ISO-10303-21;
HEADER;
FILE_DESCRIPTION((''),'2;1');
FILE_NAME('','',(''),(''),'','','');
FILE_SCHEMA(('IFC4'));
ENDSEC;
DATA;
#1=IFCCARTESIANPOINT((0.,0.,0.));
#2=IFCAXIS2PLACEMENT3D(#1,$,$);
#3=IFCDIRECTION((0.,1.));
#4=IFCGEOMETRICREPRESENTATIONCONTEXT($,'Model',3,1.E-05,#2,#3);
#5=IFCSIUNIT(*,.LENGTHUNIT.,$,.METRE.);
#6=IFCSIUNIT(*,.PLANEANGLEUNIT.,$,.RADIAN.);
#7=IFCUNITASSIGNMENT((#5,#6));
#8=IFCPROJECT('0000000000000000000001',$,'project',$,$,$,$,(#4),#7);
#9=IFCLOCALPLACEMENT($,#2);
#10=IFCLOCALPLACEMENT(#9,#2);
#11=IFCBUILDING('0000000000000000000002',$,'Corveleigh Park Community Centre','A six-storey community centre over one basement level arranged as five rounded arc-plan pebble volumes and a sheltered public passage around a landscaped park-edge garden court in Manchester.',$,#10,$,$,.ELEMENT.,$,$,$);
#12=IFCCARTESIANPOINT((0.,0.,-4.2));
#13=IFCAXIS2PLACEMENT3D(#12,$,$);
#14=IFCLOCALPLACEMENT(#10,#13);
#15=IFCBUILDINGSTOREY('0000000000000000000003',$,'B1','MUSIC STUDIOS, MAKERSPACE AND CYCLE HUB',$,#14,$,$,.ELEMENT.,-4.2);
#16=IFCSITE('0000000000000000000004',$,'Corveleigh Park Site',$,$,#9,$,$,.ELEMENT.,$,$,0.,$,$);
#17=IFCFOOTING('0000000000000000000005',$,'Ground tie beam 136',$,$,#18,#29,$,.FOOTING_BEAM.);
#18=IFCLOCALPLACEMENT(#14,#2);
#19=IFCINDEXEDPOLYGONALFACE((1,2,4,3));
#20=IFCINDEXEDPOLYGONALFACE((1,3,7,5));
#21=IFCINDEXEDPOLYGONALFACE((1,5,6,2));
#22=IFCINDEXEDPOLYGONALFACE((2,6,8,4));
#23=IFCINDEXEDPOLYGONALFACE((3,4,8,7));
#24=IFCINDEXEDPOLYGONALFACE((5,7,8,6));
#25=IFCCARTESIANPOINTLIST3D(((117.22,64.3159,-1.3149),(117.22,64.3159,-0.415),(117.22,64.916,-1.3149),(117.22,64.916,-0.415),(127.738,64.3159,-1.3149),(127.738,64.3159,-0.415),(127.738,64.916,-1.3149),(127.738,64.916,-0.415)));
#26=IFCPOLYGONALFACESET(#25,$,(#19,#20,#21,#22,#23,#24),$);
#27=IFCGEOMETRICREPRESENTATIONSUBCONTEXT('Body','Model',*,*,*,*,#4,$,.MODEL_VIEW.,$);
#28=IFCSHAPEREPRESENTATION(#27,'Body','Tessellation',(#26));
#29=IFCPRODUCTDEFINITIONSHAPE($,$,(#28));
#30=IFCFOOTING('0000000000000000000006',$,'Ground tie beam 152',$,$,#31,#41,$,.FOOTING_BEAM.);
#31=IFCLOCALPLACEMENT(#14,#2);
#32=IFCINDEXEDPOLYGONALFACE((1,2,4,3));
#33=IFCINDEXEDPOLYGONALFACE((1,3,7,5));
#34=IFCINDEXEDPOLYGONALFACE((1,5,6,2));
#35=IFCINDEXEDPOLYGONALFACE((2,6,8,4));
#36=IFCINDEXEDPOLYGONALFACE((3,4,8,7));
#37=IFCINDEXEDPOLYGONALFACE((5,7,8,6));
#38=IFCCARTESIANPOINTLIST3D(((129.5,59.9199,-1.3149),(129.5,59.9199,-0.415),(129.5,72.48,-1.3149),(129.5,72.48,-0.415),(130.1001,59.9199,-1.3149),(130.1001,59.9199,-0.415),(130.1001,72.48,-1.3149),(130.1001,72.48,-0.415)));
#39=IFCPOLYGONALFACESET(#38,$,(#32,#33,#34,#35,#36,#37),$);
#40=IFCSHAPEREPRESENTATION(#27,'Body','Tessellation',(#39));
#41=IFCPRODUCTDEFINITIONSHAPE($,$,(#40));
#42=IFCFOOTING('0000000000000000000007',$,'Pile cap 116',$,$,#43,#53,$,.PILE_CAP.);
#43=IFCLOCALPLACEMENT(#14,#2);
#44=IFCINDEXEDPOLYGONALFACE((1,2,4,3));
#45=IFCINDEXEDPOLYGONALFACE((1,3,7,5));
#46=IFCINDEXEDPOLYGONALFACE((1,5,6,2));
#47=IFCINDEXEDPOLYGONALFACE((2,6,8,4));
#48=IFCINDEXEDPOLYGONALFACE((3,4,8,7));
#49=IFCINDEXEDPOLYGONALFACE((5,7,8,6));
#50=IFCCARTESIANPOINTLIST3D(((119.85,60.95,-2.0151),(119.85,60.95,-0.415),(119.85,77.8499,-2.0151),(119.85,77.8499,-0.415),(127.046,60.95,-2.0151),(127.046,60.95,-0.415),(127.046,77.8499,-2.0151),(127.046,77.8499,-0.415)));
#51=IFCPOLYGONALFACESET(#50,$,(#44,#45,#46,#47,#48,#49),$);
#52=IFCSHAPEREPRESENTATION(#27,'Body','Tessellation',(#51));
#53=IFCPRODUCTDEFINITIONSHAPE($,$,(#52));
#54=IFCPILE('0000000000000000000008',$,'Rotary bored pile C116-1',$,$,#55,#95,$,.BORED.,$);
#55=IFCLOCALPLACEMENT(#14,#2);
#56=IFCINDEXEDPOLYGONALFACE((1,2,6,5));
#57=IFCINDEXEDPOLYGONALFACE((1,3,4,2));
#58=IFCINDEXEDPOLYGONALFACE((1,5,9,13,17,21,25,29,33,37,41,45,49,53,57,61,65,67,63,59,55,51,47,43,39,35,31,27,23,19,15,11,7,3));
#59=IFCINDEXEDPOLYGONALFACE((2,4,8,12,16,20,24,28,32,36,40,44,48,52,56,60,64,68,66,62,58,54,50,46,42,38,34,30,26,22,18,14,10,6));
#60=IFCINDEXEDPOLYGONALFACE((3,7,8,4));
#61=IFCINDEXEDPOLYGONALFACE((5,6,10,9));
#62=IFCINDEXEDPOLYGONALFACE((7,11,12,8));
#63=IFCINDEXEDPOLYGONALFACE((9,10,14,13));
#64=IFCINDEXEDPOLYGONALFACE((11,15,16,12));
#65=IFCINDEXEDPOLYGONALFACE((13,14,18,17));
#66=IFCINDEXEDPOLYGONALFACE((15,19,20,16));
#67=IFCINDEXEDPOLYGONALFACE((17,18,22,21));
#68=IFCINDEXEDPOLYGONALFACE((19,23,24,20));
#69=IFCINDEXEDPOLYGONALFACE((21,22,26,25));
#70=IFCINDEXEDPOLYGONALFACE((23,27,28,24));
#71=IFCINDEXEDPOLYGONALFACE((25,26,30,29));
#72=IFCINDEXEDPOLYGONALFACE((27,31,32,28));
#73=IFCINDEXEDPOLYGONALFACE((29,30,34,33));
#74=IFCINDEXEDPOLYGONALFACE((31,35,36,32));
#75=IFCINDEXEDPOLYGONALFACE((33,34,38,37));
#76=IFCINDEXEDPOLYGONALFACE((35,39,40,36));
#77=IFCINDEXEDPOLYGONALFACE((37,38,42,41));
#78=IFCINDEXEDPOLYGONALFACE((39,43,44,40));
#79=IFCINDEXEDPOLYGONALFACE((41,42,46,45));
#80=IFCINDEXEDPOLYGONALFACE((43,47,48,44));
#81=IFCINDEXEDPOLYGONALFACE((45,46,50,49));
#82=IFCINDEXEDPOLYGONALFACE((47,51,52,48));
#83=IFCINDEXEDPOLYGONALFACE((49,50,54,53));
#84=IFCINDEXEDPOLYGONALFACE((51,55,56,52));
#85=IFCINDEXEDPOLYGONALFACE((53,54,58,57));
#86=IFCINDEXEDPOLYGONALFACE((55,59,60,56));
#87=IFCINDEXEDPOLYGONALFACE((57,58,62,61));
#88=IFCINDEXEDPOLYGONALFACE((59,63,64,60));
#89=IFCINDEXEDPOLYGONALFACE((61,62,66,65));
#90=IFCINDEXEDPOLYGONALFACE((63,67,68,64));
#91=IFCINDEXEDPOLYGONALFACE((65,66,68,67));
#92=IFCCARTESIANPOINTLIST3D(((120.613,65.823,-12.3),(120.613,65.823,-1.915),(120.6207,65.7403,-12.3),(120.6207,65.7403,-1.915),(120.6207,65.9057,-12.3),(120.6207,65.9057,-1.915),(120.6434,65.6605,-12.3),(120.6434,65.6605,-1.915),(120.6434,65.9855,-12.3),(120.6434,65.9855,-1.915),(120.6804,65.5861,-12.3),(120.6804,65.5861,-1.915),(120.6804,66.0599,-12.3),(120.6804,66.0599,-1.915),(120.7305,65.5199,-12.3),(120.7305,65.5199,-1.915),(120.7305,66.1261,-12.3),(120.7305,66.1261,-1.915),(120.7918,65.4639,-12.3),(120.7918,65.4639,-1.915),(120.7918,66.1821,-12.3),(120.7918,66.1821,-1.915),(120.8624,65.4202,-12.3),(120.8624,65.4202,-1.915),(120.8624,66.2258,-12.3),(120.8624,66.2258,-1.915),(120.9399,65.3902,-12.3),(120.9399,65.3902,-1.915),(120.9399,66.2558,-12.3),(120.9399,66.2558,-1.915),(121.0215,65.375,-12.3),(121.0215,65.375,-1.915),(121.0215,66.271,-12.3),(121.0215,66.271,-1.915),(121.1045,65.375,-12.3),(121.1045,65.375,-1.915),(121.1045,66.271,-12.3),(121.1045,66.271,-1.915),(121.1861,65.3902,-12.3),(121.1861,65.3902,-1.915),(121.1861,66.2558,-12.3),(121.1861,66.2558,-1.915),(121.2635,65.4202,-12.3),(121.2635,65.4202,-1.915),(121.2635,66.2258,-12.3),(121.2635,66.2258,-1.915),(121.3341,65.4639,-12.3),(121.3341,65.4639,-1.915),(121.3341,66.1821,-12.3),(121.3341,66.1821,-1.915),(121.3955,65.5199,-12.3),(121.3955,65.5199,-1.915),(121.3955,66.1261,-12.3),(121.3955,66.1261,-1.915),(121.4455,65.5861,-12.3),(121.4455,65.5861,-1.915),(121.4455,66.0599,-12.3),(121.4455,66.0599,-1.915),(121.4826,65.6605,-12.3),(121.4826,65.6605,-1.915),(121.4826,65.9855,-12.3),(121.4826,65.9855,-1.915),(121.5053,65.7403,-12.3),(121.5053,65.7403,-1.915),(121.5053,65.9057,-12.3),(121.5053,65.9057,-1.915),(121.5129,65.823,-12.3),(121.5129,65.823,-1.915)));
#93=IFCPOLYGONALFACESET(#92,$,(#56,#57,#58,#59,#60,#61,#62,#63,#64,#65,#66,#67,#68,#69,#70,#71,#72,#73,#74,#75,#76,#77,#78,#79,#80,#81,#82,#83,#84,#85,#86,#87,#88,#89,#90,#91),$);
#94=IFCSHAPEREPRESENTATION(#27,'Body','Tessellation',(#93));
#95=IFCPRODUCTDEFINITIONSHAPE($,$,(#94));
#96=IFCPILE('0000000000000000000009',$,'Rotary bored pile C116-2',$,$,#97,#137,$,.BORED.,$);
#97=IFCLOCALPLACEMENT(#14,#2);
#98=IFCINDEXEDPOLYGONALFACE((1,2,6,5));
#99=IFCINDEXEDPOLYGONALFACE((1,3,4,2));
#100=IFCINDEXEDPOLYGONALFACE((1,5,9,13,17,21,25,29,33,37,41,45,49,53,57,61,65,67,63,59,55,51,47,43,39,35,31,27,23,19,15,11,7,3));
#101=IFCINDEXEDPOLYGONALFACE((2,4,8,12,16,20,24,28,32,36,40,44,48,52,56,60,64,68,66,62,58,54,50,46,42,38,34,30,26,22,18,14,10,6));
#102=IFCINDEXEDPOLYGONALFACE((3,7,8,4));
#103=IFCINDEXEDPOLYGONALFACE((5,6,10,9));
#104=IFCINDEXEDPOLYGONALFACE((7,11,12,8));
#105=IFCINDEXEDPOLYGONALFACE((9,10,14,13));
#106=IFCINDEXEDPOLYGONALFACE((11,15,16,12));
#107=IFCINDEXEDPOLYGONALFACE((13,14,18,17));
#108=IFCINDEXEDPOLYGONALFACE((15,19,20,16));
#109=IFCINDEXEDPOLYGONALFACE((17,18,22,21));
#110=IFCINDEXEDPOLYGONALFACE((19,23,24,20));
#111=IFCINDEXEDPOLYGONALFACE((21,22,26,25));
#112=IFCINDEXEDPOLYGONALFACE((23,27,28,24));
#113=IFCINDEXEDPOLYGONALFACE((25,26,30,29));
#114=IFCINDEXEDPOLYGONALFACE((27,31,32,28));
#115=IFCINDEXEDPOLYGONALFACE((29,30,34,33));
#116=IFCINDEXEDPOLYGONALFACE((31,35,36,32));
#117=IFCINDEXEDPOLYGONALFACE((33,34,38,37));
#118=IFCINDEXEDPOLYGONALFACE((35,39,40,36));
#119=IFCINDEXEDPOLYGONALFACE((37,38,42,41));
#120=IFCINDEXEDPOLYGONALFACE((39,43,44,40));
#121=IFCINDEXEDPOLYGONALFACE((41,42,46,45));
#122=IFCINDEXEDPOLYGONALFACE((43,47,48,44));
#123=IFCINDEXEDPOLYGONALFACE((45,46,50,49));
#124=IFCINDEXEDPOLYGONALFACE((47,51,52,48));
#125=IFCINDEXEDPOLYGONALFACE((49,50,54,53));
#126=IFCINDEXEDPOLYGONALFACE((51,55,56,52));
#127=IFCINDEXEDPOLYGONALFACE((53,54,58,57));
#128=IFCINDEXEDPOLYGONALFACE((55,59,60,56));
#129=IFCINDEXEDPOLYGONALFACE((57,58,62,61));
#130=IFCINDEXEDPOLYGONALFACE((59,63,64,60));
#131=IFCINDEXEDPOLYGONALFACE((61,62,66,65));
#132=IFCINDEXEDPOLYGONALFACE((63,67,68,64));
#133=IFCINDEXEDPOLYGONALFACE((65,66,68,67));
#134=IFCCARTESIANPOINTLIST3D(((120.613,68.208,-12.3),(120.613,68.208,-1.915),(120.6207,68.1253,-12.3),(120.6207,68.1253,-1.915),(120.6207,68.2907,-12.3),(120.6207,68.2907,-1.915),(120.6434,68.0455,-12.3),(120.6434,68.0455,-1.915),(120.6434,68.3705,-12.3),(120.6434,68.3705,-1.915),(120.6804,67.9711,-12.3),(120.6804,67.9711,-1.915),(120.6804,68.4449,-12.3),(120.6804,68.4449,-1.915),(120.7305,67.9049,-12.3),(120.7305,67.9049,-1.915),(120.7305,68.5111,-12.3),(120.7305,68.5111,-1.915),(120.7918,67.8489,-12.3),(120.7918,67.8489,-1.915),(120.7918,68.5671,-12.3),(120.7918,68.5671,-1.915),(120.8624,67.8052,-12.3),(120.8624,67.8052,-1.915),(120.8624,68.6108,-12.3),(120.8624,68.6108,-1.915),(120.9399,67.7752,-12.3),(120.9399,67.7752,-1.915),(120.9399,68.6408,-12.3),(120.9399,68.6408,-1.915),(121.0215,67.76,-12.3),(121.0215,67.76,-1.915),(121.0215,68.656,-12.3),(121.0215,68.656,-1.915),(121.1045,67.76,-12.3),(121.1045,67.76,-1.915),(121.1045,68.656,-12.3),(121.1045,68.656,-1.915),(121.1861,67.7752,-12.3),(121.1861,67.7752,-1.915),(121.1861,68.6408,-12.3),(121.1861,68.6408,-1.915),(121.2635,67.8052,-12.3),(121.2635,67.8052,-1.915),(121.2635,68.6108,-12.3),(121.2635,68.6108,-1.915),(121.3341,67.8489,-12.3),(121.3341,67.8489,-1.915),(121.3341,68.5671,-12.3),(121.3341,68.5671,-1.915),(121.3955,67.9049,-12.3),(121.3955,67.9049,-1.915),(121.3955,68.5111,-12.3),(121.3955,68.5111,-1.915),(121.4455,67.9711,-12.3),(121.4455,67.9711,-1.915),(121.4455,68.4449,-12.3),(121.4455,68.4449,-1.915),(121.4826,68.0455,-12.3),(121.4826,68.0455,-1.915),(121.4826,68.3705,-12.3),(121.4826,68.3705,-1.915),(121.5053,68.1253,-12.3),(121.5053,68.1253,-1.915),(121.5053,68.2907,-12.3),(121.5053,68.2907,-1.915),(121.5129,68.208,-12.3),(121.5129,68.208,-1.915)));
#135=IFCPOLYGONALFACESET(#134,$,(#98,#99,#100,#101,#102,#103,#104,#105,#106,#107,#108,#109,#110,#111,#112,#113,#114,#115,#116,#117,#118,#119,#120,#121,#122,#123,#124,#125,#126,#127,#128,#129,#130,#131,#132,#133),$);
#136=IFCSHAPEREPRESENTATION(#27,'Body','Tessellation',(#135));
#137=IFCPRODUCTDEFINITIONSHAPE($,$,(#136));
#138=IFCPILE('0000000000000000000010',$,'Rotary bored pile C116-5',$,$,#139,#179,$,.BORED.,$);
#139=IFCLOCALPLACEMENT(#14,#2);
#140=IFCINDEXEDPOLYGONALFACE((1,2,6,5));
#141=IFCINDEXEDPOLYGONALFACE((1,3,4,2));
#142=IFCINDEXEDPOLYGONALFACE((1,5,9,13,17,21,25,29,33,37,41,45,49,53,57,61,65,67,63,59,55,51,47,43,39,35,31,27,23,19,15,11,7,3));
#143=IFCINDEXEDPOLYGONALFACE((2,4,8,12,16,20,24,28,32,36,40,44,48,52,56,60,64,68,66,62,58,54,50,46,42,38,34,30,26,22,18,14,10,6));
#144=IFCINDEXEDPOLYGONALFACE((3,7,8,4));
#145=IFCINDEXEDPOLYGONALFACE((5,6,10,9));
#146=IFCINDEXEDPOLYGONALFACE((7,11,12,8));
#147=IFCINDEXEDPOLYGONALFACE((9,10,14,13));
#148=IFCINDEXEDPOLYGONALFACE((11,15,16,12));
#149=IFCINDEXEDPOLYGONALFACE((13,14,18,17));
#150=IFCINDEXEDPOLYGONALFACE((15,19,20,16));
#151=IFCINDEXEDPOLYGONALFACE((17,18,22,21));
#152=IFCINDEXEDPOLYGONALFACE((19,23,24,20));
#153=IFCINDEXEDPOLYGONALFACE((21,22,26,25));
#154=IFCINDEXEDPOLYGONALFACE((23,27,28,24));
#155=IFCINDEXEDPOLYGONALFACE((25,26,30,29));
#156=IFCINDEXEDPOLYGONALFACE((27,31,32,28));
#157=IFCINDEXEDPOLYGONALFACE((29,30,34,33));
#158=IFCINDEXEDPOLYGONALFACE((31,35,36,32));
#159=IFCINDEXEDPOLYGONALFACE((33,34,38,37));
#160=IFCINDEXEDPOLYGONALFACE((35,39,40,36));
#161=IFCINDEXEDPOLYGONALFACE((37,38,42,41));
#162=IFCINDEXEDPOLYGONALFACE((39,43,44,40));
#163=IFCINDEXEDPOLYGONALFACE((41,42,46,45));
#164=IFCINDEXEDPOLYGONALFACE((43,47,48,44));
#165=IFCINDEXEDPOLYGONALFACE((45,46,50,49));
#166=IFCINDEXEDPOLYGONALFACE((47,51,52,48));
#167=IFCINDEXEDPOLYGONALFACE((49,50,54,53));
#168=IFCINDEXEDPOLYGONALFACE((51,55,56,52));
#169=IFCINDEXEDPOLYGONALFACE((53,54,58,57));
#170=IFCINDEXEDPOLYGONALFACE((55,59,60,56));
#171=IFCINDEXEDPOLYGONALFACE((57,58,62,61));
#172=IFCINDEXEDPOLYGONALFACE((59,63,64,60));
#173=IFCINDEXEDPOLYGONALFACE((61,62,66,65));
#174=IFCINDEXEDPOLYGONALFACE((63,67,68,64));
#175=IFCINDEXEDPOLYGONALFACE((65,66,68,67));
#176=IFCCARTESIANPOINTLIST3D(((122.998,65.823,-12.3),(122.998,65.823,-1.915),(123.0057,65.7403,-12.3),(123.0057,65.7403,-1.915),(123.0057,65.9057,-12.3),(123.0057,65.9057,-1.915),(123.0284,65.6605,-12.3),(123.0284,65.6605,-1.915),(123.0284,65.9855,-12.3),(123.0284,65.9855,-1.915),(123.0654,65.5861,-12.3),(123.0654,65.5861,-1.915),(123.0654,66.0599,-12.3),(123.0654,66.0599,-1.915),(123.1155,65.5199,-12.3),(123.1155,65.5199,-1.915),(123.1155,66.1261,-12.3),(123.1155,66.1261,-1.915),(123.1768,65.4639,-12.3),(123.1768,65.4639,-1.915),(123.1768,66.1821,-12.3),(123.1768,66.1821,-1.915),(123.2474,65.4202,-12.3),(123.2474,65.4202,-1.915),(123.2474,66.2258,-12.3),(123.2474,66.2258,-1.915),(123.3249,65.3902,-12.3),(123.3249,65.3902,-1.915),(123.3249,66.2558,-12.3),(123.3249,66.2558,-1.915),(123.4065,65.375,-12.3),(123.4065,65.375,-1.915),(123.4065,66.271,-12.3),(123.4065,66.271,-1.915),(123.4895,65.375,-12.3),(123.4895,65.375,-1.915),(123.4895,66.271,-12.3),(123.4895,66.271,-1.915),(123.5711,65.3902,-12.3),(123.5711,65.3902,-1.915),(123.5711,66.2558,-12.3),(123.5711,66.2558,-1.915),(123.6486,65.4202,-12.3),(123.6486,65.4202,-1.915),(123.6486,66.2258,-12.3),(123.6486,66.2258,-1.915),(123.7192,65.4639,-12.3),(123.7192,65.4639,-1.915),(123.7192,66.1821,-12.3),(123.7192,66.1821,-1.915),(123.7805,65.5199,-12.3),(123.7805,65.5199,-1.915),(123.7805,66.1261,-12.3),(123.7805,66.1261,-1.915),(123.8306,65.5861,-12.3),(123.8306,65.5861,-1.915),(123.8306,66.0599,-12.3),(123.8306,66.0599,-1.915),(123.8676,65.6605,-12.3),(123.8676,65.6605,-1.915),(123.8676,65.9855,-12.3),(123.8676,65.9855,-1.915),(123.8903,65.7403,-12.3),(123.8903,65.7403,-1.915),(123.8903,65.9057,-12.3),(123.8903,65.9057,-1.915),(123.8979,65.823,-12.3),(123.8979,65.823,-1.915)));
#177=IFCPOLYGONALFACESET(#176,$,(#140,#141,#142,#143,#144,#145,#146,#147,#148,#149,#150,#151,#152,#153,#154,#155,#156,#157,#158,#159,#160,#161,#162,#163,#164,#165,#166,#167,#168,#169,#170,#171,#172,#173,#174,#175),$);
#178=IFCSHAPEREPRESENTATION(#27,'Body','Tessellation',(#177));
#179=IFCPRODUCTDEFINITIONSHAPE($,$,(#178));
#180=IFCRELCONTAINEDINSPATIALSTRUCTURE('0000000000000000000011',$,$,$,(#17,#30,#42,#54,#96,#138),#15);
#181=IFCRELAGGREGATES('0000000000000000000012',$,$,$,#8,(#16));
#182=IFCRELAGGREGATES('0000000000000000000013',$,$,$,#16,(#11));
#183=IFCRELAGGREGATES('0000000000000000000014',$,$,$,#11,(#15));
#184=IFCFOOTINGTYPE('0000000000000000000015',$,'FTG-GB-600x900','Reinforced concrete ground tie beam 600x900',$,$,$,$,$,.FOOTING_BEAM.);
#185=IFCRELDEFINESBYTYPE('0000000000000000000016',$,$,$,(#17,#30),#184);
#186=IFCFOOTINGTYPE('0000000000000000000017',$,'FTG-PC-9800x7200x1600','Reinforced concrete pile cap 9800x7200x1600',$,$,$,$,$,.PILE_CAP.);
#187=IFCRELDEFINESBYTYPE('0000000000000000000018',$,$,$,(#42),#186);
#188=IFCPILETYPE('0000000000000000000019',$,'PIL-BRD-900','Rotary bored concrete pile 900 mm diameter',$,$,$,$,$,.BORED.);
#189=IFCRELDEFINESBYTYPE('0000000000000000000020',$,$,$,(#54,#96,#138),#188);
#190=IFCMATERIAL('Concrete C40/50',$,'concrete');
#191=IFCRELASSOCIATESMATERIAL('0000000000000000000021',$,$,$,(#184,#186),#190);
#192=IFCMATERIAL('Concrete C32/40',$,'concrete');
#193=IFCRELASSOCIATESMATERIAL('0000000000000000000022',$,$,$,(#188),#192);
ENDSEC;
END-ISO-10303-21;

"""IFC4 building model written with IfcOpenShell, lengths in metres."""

from ifc_helpers import new_model, si_unit, direction, frame, origin, origin_2d, place, context, subcontext, project, spatial, rectangle, circle, extrude, material, material_profile, profile_set, type_object, element, save


model = new_model("IFC4")

# Units and contexts
model_context = context("Model", 3, precision=1e-05, world=origin(), true_north=direction((0.0, 1.0)))
body_context = subcontext(model_context, "Body", "Model", "MODEL_VIEW")
ifc_project = project(units=[si_unit("LENGTHUNIT", "METRE"), si_unit("PLANEANGLEUNIT", "RADIAN")], contexts=[model_context])

# Site, building, storey
site_placement = place(None, origin())
site = spatial("IfcSite", under=ifc_project, at=site_placement, Name="Corveleigh Park Site", CompositionType="ELEMENT", RefElevation=0.0)
building_placement = place(site_placement, origin())
building = spatial("IfcBuilding", under=site, at=building_placement, Name="Corveleigh Park Community Centre", Description="A six-storey community centre over one basement level arranged as five rounded arc-plan pebble volumes and a sheltered public passage around a landscaped park-edge garden court in Manchester.", CompositionType="ELEMENT")
storey_placement = place(building_placement, frame((0.0, 0.0, -4.2)))
storey = spatial("IfcBuildingStorey", under=building, at=storey_placement, Name="B1", Description="MUSIC STUDIOS, MAKERSPACE AND CYCLE HUB", CompositionType="ELEMENT", Elevation=-4.2)

# Footings
ifc_material_1 = material(Name="Concrete C40/50", Category="concrete")
footing_type_1 = type_object("IfcFootingType", Name="FTG-GB-600x900", Description="Reinforced concrete ground tie beam 600x900", PredefinedType="FOOTING_BEAM", material=ifc_material_1)
footing_1_placement = place(storey_placement, frame((122.479, 64.616, -1.3149), z_axis=(0.0, 0.0, 1.0), x_axis=(1.0, 0.0, 0.0)))
element("IfcFooting", 1, at=footing_1_placement, inside=storey, type_object=footing_type_1, Name="Ground tie beam 136", PredefinedType="FOOTING_BEAM", context=body_context, shape_type="SweptSolid", body=[
    extrude(rectangle(XDim=10.5181, YDim=0.6001, at=origin_2d()), origin(), (0.0, 0.0, 1.0), 0.8999),
])
footing_2_placement = place(storey_placement, frame((129.8, 66.2, -1.3149), z_axis=(0.0, 0.0, 1.0), x_axis=(1.0, 0.0, 0.0)))
element("IfcFooting", 2, at=footing_2_placement, inside=storey, type_object=footing_type_1, Name="Ground tie beam 152", PredefinedType="FOOTING_BEAM", context=body_context, shape_type="SweptSolid", body=[
    extrude(rectangle(XDim=0.6001, YDim=12.5601, at=origin_2d()), origin(), (0.0, 0.0, 1.0), 0.8999),
])
footing_type_2 = type_object("IfcFootingType", Name="FTG-PC-9800x7200x1600", Description="Reinforced concrete pile cap 9800x7200x1600", PredefinedType="PILE_CAP", material=ifc_material_1)
footing_3_placement = place(storey_placement, frame((123.448, 69.3999, -2.0151), z_axis=(0.0, 0.0, 1.0), x_axis=(1.0, 0.0, 0.0)))
element("IfcFooting", 3, at=footing_3_placement, inside=storey, type_object=footing_type_2, Name="Pile cap 116", PredefinedType="PILE_CAP", context=body_context, shape_type="SweptSolid", body=[
    extrude(rectangle(XDim=7.196, YDim=16.8999, at=origin_2d()), origin(), (0.0, 0.0, 1.0), 1.6001),
])

# Piles
ifc_material_2 = material(Name="Concrete C32/40", Category="concrete")
ifc_material_profile_1 = material_profile(ifc_material_2, circle(Radius=0.45, at=origin_2d()), Name="BORED-PILE-900", Category="concrete")
ifc_profile_set_1 = profile_set([ifc_material_profile_1], Name="Concrete C32/40")
pile_type = type_object("IfcPileType", Name="PIL-BRD-900", Description="Rotary bored concrete pile 900 mm diameter", PredefinedType="BORED", material=ifc_profile_set_1)
for number, where, z_axis, x_axis, name in (
    (4, (121.063, 65.823, -1.915), (0.0, 0.0, -1.0), (1.0, 0.0, 0.0), "Rotary bored pile C116-1"),
    (5, (121.063, 68.208, -1.915), (0.0, 0.0, -1.0), (1.0, 0.0, 0.0), "Rotary bored pile C116-2"),
    (6, (123.448, 65.823, -1.915), (0.0, 0.0, -1.0), (1.0, 0.0, 0.0), "Rotary bored pile C116-5"),
):
    element("IfcPile", number, at=place(storey_placement, frame(where, z_axis=z_axis, x_axis=x_axis)), inside=storey, type_object=pile_type, Name=name, PredefinedType="BORED", context=body_context, shape_type="SweptSolid", body=[
        extrude(circle(Radius=0.45, at=origin_2d()), origin(), (0.0, 0.0, 1.0), 10.385),
    ])

save(model, "model.ifc")
